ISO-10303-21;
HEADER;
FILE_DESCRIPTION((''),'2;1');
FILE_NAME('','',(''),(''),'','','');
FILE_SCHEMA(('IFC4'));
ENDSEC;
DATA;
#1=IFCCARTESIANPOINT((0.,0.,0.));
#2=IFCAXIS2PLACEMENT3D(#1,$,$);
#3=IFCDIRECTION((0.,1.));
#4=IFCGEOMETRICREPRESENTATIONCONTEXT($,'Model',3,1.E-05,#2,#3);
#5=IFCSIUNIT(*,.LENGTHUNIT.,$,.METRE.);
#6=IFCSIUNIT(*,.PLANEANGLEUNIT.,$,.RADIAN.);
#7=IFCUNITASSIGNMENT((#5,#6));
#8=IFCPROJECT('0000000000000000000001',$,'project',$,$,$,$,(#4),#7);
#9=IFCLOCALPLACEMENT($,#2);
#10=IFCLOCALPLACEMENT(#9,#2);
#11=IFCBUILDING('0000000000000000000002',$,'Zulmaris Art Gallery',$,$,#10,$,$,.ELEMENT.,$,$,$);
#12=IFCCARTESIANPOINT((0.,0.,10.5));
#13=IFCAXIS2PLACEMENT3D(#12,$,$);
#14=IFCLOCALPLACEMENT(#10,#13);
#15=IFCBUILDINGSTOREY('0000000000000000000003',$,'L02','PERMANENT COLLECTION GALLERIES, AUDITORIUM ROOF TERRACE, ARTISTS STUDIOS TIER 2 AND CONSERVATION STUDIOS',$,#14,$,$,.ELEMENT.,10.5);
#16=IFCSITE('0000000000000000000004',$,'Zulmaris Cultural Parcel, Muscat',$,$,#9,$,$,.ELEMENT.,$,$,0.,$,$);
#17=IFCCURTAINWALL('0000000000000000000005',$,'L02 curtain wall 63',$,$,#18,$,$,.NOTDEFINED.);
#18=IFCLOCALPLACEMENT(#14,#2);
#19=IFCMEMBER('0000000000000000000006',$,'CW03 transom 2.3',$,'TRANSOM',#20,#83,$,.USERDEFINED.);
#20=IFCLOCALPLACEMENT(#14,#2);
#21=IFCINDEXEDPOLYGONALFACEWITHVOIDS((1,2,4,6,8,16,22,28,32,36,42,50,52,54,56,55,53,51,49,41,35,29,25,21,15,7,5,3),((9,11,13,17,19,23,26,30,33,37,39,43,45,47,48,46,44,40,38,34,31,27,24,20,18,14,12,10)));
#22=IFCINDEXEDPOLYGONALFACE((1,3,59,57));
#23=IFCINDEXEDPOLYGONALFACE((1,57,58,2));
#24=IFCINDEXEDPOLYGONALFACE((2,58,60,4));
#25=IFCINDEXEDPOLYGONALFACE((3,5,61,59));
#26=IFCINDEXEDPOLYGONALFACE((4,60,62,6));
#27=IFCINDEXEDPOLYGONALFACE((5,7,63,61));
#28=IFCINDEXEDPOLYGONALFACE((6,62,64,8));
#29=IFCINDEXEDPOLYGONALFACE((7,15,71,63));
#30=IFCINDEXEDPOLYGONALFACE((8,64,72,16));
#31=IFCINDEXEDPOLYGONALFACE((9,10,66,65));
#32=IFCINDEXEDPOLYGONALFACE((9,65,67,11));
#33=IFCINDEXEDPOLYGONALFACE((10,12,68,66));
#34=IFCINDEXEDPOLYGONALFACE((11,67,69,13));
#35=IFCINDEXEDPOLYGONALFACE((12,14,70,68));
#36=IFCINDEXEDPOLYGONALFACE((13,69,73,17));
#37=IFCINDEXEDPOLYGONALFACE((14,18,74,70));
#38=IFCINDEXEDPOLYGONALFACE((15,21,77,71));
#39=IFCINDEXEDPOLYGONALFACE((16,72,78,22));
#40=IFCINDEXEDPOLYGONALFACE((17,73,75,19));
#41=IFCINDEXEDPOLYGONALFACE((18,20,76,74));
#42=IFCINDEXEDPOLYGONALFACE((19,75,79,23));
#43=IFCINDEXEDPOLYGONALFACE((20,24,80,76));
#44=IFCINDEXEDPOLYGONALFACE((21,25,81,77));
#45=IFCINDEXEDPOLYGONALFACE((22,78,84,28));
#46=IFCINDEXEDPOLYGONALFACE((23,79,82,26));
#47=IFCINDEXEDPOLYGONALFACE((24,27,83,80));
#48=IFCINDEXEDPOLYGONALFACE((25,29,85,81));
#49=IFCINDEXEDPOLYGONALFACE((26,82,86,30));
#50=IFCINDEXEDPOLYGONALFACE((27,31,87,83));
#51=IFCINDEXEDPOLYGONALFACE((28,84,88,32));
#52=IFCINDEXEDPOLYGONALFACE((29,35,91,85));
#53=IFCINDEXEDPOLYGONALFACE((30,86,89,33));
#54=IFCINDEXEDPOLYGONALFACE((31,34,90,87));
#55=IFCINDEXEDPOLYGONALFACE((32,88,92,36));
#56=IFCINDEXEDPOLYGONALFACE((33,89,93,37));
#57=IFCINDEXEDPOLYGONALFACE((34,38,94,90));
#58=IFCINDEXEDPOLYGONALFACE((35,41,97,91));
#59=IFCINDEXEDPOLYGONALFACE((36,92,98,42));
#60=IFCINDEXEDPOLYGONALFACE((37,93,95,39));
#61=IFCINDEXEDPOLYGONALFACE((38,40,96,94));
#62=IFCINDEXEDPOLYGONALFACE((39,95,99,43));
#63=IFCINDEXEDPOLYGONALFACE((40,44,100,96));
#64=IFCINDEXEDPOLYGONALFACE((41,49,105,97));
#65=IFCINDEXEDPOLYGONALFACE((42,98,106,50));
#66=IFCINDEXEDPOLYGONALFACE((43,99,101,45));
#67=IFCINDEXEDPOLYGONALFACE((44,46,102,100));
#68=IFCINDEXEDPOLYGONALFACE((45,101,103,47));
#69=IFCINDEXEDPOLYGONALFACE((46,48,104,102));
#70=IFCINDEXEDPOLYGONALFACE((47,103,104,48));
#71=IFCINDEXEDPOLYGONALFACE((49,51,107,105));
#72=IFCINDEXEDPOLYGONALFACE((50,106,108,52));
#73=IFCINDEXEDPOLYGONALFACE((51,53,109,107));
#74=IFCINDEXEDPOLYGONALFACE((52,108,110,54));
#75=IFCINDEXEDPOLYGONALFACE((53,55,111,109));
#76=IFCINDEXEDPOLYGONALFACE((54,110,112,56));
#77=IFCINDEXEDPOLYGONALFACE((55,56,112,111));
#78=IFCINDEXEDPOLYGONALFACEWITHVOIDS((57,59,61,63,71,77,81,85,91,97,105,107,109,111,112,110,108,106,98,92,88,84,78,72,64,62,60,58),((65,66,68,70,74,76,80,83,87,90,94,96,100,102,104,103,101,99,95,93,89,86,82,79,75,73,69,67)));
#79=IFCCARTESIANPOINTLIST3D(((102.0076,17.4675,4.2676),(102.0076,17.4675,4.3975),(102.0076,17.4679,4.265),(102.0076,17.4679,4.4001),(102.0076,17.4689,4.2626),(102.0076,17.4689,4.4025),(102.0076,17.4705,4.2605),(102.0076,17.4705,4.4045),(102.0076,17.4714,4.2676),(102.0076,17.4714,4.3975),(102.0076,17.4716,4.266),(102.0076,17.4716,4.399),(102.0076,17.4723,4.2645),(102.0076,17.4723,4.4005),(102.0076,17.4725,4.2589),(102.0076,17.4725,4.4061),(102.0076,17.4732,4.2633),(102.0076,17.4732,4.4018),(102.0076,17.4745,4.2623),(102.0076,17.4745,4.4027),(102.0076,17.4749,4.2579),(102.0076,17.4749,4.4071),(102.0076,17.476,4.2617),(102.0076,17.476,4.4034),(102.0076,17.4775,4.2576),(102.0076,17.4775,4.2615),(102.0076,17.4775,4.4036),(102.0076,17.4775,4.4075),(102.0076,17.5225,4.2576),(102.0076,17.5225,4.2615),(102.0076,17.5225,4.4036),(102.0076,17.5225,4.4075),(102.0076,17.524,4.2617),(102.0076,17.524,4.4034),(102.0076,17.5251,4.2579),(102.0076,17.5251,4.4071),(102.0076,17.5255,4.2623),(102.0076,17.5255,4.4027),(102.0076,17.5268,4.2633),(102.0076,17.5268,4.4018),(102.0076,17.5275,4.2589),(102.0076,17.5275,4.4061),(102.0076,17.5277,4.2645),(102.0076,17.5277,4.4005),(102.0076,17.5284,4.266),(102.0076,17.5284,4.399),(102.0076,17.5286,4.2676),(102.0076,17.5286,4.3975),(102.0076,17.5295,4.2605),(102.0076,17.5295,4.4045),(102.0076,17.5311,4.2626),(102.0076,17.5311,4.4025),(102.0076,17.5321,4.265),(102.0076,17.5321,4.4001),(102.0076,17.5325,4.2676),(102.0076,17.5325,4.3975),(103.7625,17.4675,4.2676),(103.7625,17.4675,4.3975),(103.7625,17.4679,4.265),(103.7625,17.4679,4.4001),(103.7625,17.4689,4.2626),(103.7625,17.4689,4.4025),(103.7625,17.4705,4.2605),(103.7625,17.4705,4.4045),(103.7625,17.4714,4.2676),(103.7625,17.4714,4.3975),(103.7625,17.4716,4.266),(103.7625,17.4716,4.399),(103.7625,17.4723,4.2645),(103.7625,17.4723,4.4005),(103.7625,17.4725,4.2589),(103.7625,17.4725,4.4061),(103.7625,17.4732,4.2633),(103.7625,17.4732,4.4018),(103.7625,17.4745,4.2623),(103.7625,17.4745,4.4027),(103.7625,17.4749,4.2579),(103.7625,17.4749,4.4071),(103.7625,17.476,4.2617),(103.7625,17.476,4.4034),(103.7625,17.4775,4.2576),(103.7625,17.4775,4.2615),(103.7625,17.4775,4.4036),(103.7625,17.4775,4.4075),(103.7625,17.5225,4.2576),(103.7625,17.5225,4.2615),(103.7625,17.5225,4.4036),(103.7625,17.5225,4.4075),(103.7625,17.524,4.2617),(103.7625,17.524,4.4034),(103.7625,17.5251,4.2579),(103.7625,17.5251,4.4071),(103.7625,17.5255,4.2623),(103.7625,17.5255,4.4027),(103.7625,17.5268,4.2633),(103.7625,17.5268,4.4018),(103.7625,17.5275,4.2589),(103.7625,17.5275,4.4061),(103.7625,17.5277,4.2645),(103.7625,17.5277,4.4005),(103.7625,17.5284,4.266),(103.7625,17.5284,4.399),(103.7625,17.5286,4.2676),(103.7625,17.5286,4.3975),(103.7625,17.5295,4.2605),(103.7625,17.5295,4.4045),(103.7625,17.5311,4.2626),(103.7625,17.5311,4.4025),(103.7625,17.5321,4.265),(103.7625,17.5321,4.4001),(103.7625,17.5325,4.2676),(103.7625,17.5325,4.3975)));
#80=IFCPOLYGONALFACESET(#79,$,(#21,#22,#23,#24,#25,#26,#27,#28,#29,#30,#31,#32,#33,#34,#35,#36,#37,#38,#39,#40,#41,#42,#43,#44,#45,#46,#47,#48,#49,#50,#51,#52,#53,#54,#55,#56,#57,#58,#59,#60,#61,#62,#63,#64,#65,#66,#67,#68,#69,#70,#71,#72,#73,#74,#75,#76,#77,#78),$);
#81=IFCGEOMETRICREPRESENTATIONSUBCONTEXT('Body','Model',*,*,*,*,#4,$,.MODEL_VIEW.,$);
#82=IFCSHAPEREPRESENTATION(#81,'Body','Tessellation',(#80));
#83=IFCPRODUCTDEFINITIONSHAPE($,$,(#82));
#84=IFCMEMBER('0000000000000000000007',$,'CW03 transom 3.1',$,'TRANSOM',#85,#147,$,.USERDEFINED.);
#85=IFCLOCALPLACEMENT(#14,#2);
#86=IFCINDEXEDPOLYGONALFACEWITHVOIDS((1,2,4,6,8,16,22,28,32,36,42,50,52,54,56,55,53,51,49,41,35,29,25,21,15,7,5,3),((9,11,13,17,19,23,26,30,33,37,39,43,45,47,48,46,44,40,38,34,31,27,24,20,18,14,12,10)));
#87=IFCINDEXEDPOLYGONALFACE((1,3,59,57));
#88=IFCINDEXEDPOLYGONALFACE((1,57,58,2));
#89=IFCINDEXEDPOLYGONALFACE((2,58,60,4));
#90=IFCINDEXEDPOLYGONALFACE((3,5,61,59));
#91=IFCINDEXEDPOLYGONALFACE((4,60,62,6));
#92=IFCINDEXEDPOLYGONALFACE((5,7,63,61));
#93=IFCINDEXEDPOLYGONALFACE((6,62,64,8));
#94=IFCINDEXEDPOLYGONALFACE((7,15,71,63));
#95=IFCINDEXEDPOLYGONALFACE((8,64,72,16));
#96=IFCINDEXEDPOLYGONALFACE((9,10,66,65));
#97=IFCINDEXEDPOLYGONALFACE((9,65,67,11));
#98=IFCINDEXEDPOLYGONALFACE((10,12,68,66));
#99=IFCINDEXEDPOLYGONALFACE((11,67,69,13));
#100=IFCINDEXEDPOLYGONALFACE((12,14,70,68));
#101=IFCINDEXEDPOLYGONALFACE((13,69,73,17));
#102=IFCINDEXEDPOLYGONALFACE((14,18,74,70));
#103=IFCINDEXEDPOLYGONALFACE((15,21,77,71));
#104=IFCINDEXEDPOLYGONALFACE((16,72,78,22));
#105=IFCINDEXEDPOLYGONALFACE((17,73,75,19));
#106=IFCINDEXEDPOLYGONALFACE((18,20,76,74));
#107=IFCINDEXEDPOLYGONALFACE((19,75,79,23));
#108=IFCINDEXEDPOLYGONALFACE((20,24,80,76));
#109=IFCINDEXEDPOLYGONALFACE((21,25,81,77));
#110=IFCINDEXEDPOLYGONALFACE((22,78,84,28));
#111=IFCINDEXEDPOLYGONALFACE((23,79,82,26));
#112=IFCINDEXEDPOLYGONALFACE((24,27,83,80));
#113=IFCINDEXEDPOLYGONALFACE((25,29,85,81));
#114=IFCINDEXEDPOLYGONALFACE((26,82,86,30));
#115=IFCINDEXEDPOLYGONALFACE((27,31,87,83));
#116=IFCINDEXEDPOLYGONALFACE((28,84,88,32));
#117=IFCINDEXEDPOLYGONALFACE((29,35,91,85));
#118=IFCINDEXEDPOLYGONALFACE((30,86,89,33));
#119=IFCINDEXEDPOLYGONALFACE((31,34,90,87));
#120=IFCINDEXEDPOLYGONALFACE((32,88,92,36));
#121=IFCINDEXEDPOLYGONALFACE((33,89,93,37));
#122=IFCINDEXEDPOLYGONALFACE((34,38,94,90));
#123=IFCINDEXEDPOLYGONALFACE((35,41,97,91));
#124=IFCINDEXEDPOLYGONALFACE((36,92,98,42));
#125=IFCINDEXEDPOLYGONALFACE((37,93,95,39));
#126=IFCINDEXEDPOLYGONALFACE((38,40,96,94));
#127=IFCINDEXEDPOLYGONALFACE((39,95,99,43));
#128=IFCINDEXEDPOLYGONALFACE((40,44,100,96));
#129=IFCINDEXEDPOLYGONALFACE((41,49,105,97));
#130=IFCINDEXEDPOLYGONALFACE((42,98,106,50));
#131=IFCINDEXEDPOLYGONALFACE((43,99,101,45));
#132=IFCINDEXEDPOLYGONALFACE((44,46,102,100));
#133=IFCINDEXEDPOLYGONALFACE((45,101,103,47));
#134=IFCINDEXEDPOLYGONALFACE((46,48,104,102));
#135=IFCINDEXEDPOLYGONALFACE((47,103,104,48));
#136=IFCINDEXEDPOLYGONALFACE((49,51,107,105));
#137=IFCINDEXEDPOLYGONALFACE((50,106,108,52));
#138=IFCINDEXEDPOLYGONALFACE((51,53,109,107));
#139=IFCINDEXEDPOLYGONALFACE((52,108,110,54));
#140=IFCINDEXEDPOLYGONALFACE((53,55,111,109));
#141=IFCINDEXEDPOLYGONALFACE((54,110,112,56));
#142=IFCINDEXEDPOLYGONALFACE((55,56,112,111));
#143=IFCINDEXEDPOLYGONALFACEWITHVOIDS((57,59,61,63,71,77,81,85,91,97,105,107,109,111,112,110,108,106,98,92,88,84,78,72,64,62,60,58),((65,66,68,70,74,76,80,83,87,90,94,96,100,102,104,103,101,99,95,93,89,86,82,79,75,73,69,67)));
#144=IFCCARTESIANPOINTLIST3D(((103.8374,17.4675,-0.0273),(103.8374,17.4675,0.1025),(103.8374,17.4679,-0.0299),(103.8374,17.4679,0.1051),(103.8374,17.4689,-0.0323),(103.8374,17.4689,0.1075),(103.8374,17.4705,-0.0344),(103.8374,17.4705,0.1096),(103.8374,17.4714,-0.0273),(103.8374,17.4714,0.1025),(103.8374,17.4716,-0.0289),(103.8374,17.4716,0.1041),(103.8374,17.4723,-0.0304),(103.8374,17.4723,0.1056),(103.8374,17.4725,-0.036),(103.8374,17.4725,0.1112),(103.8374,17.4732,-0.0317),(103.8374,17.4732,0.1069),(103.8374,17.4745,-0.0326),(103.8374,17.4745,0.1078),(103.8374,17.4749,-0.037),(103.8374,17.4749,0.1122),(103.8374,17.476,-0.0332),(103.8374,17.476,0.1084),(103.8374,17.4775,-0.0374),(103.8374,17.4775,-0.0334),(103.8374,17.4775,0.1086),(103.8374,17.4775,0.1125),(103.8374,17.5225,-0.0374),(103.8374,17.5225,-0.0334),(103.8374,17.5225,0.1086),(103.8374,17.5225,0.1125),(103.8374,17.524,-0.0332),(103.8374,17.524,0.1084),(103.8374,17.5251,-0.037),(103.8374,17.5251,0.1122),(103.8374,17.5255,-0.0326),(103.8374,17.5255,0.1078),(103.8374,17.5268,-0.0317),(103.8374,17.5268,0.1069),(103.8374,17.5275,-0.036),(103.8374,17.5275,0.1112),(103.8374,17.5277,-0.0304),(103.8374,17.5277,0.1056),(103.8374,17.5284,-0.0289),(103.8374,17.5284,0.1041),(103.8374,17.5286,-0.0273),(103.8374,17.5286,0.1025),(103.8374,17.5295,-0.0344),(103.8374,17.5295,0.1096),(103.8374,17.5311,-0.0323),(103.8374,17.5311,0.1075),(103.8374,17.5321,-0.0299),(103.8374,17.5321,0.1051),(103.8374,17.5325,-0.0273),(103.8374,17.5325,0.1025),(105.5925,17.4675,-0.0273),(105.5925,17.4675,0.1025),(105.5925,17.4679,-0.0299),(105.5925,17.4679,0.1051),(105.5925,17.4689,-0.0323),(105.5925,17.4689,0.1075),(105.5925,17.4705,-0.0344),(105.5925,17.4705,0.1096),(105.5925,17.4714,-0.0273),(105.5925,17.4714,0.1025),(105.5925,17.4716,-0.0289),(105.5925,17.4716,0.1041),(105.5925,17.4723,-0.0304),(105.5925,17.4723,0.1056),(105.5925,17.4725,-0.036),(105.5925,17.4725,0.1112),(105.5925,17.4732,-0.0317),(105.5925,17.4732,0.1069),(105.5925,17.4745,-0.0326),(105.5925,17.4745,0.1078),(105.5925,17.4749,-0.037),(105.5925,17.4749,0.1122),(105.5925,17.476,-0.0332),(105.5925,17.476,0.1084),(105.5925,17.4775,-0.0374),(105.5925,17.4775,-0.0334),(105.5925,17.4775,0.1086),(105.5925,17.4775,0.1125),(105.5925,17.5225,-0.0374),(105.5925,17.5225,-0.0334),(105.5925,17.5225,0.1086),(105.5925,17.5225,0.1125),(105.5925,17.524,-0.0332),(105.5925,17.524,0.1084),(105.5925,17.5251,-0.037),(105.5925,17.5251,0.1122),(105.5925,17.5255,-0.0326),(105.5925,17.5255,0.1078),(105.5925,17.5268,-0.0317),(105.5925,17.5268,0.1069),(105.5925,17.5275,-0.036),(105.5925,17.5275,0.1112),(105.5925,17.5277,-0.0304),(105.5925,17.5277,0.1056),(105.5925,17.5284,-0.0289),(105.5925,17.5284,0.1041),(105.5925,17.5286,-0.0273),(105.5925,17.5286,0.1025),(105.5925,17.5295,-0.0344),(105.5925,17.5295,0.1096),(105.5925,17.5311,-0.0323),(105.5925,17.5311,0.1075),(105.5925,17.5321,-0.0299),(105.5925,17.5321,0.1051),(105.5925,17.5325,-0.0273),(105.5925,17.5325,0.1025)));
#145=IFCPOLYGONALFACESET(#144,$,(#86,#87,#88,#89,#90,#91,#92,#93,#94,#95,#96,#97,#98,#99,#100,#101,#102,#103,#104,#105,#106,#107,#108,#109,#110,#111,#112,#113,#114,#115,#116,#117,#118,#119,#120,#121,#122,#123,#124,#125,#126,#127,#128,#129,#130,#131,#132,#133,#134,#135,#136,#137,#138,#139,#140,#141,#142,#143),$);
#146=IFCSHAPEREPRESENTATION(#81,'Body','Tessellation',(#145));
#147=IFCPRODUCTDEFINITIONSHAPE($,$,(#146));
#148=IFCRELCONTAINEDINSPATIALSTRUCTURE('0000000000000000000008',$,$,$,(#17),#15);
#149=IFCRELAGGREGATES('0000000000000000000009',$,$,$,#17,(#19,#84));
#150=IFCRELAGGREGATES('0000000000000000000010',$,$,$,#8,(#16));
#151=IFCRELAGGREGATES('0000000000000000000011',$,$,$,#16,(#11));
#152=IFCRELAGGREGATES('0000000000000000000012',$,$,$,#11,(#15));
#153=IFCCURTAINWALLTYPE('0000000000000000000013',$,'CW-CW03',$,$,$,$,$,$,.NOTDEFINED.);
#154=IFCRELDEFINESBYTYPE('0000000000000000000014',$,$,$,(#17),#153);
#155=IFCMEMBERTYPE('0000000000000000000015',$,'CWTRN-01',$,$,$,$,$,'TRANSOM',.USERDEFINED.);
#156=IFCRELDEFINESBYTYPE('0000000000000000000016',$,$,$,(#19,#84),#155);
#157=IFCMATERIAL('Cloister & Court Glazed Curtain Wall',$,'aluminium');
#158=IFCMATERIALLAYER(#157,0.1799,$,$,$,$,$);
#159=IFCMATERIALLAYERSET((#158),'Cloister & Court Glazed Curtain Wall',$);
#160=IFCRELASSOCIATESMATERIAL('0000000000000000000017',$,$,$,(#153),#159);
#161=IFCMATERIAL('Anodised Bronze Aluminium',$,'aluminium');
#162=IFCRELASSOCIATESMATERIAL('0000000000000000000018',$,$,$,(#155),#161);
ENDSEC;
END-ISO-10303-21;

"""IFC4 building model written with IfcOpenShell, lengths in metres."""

from ifc_helpers import new_model, si_unit, direction, frame, origin, origin_2d, place, context, subcontext, project, spatial, hollow_rectangle, extrude, material, layer, layer_set, material_profile, profile_set, type_object, element, aggregate, save


model = new_model("IFC4")

# Units and contexts
model_context = context("Model", 3, precision=1e-05, world=origin(), true_north=direction((0.0, 1.0)))
body_context = subcontext(model_context, "Body", "Model", "MODEL_VIEW")
ifc_project = project(units=[si_unit("LENGTHUNIT", "METRE"), si_unit("PLANEANGLEUNIT", "RADIAN")], contexts=[model_context])

# Site, building, storey
site_placement = place(None, origin())
site = spatial("IfcSite", under=ifc_project, at=site_placement, Name="Zulmaris Cultural Parcel, Muscat", CompositionType="ELEMENT", RefElevation=0.0)
building_placement = place(site_placement, origin())
building = spatial("IfcBuilding", under=site, at=building_placement, Name="Zulmaris Art Gallery", CompositionType="ELEMENT")
storey_placement = place(building_placement, frame((0.0, 0.0, 10.5)))
storey = spatial("IfcBuildingStorey", under=building, at=storey_placement, Name="L02", Description="PERMANENT COLLECTION GALLERIES, AUDITORIUM ROOF TERRACE, ARTISTS STUDIOS TIER 2 AND CONSERVATION STUDIOS", CompositionType="ELEMENT", Elevation=10.5)

# Shared definitions
ifc_material_1 = material(Name="Cloister & Court Glazed Curtain Wall", Category="aluminium")
ifc_layer_1 = layer(ifc_material_1, 0.1799)
ifc_layer_set_1 = layer_set([ifc_layer_1], Name="Cloister & Court Glazed Curtain Wall")
curtain_wall_type = type_object("IfcCurtainWallType", Name="CW-CW03", PredefinedType="NOTDEFINED", material=ifc_layer_set_1)
ifc_material_2 = material(Name="Anodised Bronze Aluminium", Category="aluminium")

# Curtain wall, members
curtain_wall_1_placement = place(storey_placement, origin())
curtain_wall_1 = element("IfcCurtainWall", 1, at=curtain_wall_1_placement, inside=storey, type_object=curtain_wall_type, Name="L02 curtain wall 63", PredefinedType="NOTDEFINED")
ifc_material_profile_1 = material_profile(ifc_material_2, hollow_rectangle(XDim=0.0649, YDim=0.1499, WallThickness=0.0039, InnerFilletRadius=0.0061, OuterFilletRadius=0.01, at=origin_2d()), Name="ALU 65x150x4")
ifc_profile_set_1 = profile_set([ifc_material_profile_1], Name="Anodised Bronze Aluminium")
member_type_1 = type_object("IfcMemberType", Name="CWTRN-01", ElementType="TRANSOM", PredefinedType="USERDEFINED", material=ifc_profile_set_1)
member_1_placement = place(storey_placement, frame((102.0076, 17.5, 4.3325), z_axis=(1.0, 0.0, 0.0), x_axis=(0.0, 1.0, 0.0)))
member_1 = element("IfcMember", 2, at=member_1_placement, type_object=member_type_1, Name="CW03 transom 2.3", ObjectType="TRANSOM", PredefinedType="USERDEFINED", context=body_context, shape_type="SweptSolid", body=[
    extrude(hollow_rectangle(XDim=0.0649, YDim=0.1499, WallThickness=0.0039, InnerFilletRadius=0.0061, OuterFilletRadius=0.01, at=origin_2d()), origin(), (0.0, 0.0, 1.0), 1.7549),
])
member_2_placement = place(storey_placement, frame((103.8374, 17.5, 0.0376), z_axis=(1.0, 0.0, 0.0), x_axis=(0.0, 1.0, 0.0)))
member_2 = element("IfcMember", 3, at=member_2_placement, type_object=member_type_1, Name="CW03 transom 3.1", ObjectType="TRANSOM", PredefinedType="USERDEFINED", context=body_context, shape_type="SweptSolid", body=[
    extrude(hollow_rectangle(XDim=0.0649, YDim=0.1499, WallThickness=0.0039, InnerFilletRadius=0.0061, OuterFilletRadius=0.01, at=origin_2d()), origin(), (0.0, 0.0, 1.0), 1.7551),
])
aggregate(curtain_wall_1, [member_1, member_2])

save(model, "model.ifc")
